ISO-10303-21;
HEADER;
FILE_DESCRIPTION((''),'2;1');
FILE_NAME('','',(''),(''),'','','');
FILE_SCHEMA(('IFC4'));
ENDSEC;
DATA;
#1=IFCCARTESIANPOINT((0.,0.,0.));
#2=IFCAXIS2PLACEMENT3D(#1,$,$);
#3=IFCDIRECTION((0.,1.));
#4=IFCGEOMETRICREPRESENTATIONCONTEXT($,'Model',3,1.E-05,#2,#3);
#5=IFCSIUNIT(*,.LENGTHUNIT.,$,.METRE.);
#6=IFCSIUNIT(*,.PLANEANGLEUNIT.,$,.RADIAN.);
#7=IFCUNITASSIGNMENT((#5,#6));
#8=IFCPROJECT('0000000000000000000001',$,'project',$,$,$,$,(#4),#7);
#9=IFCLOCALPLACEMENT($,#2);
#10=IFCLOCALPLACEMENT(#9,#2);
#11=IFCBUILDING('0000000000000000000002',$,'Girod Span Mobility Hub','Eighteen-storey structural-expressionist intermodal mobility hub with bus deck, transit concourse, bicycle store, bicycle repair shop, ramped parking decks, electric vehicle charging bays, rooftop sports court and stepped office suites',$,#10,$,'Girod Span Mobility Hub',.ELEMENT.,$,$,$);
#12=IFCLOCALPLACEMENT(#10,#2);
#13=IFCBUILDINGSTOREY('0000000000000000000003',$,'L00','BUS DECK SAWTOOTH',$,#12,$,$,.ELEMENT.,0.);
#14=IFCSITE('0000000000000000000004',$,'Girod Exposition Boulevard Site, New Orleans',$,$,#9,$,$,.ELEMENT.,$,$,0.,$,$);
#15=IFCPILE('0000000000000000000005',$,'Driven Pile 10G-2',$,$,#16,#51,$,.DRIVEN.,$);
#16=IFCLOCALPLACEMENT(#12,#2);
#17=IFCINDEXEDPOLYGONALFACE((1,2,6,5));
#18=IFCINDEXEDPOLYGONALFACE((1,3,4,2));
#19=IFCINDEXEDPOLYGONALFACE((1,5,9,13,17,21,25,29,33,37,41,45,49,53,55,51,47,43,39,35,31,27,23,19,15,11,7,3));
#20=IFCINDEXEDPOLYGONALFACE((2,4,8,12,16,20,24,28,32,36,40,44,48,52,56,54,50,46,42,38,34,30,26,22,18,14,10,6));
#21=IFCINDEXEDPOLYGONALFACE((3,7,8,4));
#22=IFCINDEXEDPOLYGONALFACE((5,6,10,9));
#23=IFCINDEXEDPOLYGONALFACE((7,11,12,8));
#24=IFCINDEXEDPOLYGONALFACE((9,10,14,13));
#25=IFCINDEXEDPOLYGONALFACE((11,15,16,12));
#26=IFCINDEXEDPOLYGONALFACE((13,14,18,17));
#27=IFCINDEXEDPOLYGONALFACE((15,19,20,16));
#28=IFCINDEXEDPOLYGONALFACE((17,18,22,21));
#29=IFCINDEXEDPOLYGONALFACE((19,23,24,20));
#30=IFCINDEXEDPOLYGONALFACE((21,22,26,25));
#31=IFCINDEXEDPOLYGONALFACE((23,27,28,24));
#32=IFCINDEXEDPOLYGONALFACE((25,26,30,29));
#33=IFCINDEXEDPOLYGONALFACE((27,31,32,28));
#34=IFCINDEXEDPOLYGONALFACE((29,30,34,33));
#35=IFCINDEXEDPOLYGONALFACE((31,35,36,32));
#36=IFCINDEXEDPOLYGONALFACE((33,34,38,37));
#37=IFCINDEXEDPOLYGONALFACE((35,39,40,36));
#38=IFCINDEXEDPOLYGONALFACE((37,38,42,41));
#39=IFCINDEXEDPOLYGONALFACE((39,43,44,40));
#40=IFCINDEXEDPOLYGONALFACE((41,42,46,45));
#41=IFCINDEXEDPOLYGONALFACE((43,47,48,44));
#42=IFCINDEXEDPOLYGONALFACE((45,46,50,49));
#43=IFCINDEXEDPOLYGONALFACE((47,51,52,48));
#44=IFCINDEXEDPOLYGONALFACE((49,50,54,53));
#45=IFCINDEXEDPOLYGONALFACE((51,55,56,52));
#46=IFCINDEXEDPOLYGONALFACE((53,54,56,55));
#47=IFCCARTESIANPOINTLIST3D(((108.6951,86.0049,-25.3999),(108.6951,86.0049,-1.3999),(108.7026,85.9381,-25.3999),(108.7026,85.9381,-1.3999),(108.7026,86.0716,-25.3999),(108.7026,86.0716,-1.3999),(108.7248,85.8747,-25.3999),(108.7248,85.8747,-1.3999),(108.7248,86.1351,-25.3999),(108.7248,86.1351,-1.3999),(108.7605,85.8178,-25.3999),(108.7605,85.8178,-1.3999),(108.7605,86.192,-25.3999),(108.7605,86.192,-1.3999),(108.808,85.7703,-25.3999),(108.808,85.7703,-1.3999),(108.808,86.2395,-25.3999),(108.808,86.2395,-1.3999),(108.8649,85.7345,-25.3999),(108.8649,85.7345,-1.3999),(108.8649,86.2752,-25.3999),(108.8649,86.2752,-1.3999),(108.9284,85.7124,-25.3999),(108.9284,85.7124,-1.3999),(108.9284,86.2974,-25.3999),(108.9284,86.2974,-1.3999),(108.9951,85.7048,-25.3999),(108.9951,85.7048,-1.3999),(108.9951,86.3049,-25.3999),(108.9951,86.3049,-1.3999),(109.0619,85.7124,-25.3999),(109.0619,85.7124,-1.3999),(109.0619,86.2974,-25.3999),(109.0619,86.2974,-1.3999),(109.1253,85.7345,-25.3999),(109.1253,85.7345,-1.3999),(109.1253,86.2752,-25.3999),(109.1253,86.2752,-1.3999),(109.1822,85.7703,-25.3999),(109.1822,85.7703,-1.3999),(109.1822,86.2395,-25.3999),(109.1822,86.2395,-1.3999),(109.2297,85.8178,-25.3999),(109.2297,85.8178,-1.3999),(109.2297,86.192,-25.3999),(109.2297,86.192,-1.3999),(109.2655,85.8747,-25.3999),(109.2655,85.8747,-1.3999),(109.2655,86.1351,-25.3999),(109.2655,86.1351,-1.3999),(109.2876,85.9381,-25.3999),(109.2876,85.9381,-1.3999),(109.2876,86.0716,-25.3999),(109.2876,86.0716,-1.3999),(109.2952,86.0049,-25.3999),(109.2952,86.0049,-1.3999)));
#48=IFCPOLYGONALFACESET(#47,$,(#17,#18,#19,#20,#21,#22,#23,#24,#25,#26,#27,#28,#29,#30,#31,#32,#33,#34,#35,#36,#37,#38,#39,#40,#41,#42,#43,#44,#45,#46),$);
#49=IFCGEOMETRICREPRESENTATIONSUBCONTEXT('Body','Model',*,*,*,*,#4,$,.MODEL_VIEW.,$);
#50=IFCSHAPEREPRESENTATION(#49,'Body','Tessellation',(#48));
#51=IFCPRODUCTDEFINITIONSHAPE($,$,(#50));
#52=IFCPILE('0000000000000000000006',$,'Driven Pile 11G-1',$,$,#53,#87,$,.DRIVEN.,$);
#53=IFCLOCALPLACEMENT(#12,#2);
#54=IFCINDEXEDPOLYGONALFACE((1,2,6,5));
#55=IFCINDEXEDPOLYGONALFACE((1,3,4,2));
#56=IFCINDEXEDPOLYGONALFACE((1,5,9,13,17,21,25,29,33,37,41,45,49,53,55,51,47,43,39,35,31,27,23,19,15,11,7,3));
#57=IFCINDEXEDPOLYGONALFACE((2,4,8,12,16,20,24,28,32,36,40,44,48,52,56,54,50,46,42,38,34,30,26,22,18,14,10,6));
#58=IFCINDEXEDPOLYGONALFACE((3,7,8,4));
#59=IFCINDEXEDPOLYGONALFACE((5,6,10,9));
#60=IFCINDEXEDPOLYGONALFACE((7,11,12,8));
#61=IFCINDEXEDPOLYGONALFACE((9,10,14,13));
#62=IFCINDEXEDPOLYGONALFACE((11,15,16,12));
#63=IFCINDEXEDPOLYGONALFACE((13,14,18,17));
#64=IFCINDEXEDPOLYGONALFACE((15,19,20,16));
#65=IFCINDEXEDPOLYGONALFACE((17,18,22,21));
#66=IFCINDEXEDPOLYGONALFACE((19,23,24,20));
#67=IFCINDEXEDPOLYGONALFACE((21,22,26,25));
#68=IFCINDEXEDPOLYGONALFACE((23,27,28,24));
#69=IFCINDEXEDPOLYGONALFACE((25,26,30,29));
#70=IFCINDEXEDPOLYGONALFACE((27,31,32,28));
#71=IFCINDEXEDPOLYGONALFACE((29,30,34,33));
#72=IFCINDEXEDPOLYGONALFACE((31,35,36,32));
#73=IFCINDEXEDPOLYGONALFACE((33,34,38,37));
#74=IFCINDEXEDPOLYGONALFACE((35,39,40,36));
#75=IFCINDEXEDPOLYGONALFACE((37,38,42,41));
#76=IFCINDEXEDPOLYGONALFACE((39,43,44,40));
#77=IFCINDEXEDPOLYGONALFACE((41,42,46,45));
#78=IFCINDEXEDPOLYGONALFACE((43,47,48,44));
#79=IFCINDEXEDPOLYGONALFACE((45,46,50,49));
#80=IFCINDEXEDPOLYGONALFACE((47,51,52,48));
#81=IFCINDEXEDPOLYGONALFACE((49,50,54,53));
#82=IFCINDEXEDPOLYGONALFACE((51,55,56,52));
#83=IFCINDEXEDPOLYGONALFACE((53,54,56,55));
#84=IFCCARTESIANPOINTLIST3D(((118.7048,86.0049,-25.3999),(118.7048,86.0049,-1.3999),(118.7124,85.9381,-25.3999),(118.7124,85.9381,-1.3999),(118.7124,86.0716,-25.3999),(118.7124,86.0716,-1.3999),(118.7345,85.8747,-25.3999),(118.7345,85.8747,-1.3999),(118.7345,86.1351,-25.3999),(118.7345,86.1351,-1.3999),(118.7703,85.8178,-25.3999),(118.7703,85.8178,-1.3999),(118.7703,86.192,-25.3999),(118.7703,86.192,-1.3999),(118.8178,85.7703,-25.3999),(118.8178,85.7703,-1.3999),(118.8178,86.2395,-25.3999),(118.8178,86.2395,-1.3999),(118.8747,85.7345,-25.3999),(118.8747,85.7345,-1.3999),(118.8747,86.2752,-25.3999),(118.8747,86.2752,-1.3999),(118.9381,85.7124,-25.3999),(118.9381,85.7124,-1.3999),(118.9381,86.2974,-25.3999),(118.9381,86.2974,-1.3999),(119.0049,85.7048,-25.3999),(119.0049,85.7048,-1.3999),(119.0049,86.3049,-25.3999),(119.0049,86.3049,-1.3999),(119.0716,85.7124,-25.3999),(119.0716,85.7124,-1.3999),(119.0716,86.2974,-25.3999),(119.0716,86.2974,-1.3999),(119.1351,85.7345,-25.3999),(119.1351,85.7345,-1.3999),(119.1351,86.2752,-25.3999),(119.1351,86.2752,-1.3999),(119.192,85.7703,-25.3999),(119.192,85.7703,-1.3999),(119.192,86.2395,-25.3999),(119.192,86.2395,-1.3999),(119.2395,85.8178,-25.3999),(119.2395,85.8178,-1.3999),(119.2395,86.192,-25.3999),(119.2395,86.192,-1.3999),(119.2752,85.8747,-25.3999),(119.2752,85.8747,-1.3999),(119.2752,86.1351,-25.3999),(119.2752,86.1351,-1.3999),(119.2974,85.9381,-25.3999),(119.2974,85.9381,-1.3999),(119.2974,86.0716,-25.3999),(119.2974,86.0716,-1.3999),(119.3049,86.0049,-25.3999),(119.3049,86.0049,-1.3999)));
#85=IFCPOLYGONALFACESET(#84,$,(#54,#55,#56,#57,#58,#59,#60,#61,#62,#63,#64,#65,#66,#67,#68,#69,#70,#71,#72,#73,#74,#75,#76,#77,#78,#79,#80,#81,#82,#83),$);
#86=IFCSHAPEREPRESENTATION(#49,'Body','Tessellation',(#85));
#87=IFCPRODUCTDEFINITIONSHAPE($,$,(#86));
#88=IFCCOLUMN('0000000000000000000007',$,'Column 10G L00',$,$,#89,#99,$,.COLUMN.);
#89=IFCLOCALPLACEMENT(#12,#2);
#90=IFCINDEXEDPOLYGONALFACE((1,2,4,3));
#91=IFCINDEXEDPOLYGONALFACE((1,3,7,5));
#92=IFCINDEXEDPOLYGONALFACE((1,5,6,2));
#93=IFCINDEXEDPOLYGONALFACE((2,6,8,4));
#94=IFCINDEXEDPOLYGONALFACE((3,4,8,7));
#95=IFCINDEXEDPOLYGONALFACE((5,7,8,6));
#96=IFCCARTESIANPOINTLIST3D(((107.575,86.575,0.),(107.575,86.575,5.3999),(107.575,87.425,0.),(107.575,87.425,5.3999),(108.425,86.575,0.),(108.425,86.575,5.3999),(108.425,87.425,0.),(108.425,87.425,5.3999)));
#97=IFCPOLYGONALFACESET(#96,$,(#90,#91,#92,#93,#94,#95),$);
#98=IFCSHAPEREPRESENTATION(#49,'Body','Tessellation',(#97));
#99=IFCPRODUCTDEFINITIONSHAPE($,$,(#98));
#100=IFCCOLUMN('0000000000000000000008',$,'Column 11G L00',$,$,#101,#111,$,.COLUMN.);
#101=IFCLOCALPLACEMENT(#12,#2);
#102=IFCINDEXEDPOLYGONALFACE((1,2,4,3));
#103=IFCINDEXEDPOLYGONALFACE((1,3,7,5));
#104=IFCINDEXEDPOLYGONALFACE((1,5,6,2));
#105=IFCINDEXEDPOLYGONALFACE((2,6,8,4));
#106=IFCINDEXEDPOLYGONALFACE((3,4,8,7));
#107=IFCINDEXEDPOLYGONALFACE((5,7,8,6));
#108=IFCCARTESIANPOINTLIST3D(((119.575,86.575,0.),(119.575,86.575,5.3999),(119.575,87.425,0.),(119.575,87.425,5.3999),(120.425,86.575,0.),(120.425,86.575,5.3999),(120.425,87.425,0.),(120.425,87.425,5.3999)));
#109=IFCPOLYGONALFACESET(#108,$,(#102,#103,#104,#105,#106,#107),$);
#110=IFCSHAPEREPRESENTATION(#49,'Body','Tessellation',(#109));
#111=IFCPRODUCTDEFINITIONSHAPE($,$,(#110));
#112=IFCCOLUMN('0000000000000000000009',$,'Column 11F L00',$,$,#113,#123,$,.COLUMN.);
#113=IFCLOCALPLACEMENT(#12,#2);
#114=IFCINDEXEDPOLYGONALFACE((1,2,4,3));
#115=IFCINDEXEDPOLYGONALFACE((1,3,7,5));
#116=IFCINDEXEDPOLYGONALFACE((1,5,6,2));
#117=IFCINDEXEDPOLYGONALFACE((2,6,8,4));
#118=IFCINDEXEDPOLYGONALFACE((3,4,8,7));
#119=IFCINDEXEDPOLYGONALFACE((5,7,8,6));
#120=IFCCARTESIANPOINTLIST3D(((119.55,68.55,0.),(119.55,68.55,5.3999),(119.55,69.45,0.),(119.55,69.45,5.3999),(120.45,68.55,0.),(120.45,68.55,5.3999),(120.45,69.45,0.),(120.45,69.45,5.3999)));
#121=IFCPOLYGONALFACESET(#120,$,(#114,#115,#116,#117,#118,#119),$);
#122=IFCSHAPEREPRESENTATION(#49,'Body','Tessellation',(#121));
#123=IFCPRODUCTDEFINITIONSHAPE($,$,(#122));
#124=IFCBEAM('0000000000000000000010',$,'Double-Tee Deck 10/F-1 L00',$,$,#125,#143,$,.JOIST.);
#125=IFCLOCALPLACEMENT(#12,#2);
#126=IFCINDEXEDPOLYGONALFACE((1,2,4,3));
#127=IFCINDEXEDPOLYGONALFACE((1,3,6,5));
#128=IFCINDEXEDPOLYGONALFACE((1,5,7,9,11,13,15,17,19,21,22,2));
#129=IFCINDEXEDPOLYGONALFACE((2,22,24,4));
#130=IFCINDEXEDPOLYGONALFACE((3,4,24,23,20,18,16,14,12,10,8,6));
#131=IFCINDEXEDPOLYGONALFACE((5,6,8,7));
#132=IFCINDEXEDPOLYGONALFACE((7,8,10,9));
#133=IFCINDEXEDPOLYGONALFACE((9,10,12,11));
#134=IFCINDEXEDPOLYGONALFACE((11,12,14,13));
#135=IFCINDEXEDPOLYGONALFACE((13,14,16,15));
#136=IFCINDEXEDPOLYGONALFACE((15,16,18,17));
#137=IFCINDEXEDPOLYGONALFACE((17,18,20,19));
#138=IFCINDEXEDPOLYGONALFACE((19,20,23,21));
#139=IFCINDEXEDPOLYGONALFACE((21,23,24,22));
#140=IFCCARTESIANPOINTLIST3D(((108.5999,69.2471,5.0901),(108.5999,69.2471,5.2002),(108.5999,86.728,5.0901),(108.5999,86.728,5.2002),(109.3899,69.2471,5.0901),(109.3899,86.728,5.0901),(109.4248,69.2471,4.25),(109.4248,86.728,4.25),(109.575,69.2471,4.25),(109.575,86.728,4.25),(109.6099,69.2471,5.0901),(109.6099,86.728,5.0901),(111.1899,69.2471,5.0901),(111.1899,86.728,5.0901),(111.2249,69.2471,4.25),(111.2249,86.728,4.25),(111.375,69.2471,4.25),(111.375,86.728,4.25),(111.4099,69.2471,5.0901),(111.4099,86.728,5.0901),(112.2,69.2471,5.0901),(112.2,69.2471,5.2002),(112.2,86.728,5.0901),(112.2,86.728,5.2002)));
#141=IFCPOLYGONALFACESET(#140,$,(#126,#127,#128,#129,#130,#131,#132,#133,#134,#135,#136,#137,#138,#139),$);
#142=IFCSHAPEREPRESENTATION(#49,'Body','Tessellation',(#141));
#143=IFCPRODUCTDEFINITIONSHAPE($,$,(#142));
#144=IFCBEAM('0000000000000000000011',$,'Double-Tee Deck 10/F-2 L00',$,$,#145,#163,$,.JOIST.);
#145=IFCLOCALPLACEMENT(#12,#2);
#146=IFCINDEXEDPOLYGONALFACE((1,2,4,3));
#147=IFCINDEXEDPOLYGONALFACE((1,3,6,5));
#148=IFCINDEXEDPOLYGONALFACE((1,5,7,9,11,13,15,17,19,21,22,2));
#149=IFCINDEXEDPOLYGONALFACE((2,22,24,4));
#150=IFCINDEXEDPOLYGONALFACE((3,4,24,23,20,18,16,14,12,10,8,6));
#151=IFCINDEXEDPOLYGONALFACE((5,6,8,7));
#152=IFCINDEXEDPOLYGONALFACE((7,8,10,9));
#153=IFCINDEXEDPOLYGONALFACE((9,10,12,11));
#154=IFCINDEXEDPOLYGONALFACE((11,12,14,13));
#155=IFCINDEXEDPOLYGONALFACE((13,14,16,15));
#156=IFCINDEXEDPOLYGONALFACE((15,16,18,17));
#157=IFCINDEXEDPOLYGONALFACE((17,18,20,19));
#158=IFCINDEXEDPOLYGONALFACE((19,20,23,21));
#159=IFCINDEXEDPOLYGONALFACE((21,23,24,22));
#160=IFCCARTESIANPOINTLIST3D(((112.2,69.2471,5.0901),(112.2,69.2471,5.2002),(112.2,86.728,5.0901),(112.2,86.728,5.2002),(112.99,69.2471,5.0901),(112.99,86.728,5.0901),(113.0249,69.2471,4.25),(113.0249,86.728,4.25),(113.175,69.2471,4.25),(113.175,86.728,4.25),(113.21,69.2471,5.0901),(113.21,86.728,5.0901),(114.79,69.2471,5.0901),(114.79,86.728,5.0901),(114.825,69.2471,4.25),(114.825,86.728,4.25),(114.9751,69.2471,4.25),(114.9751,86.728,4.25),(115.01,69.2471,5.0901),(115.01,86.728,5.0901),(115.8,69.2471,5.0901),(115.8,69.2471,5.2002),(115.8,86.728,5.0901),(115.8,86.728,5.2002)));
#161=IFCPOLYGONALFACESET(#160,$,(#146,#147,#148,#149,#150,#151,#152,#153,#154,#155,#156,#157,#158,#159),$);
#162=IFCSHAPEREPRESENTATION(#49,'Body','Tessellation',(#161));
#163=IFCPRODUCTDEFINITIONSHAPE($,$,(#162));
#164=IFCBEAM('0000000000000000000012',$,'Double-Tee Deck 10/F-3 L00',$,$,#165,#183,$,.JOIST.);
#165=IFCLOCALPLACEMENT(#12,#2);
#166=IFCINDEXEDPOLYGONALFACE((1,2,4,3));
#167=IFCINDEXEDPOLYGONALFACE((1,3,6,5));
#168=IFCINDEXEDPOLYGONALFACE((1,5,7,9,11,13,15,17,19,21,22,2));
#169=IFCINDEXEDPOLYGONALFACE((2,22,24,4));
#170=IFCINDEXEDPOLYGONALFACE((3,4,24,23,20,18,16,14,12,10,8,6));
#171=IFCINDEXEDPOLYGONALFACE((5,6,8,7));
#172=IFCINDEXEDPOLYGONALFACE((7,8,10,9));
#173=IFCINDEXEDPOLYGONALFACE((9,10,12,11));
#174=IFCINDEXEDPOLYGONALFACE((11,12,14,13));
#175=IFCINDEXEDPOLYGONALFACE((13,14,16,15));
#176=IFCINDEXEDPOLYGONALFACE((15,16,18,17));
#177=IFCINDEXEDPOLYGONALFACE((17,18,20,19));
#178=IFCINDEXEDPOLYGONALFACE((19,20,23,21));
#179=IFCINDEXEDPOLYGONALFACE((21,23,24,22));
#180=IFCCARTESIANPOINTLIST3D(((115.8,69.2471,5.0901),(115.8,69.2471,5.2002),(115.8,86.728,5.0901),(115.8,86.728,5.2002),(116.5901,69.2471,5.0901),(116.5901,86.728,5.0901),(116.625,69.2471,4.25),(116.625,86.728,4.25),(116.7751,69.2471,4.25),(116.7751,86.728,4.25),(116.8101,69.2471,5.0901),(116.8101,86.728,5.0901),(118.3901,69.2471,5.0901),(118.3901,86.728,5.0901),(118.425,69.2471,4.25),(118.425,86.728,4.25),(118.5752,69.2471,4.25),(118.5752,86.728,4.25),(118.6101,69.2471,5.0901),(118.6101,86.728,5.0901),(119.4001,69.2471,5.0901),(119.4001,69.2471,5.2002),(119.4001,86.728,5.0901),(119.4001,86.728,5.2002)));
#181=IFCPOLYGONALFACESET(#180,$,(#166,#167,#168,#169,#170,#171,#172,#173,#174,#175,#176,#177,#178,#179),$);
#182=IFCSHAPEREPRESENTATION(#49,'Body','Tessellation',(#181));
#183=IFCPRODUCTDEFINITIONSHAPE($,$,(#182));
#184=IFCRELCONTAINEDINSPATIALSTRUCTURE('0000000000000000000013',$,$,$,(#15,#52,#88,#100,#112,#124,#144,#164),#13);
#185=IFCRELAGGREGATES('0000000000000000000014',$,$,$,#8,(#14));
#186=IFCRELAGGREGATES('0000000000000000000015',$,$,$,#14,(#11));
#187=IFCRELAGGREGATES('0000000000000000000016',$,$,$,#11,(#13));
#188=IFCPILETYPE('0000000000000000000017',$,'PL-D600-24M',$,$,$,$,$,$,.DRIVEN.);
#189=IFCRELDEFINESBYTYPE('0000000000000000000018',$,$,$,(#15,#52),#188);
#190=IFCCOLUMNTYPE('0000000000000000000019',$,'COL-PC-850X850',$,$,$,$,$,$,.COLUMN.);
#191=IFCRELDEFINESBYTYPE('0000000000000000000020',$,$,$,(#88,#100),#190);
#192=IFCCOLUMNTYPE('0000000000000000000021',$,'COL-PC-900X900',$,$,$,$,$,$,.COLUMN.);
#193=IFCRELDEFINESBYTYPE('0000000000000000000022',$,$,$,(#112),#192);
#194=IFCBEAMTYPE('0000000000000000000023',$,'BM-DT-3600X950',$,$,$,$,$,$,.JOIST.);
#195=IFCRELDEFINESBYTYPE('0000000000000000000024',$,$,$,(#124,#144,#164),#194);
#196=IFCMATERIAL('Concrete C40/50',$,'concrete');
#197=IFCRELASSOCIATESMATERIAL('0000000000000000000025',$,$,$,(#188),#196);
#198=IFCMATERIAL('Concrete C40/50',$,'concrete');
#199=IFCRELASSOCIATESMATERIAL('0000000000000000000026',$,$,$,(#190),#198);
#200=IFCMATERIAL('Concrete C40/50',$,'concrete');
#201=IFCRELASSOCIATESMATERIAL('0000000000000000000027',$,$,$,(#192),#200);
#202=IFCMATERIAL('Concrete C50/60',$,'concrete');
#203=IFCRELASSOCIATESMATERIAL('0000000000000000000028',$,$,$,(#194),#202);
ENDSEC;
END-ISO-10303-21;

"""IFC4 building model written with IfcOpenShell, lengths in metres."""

from ifc_helpers import new_model, si_unit, direction, frame, origin, origin_2d, place, context, subcontext, project, spatial, polyline, rectangle, circle, outline, extrude, material, material_profile, profile_set, type_object, element, save


model = new_model("IFC4")

# Units and contexts
model_context = context("Model", 3, precision=1e-05, world=origin(), true_north=direction((0.0, 1.0)))
body_context = subcontext(model_context, "Body", "Model", "MODEL_VIEW")
ifc_project = project(units=[si_unit("LENGTHUNIT", "METRE"), si_unit("PLANEANGLEUNIT", "RADIAN")], contexts=[model_context])

# Site, building, storey
site_placement = place(None, origin())
site = spatial("IfcSite", under=ifc_project, at=site_placement, Name="Girod Exposition Boulevard Site, New Orleans", CompositionType="ELEMENT", RefElevation=0.0)
building_placement = place(site_placement, origin())
building = spatial("IfcBuilding", under=site, at=building_placement, Name="Girod Span Mobility Hub", Description="Eighteen-storey structural-expressionist intermodal mobility hub with bus deck, transit concourse, bicycle store, bicycle repair shop, ramped parking decks, electric vehicle charging bays, rooftop sports court and stepped office suites", LongName="Girod Span Mobility Hub", CompositionType="ELEMENT")
storey_placement = place(building_placement, origin())
storey = spatial("IfcBuildingStorey", under=building, at=storey_placement, Name="L00", Description="BUS DECK SAWTOOTH", CompositionType="ELEMENT", Elevation=0.0)

# Piles
ifc_material_1 = material(Name="Concrete C40/50", Category="concrete")
ifc_material_profile_1 = material_profile(ifc_material_1, circle(Radius=0.3, at=origin_2d()), Name="PILE-D600")
ifc_profile_set_1 = profile_set([ifc_material_profile_1], Name="Concrete C40/50")
pile_type_1 = type_object("IfcPileType", Name="PL-D600-24M", PredefinedType="DRIVEN", material=ifc_profile_set_1)
for number, where, z_axis, x_axis, name in (
    (1, (108.9951, 86.0049, -1.3999), (0.0, 0.0, -1.0), (1.0, 0.0, 0.0), "Driven Pile 10G-2"),
    (2, (119.0049, 86.0049, -1.3999), (0.0, 0.0, -1.0), (1.0, 0.0, 0.0), "Driven Pile 11G-1"),
):
    element("IfcPile", number, at=place(storey_placement, frame(where, z_axis=z_axis, x_axis=x_axis)), inside=storey, type_object=pile_type_1, Name=name, PredefinedType="DRIVEN", context=body_context, shape_type="SweptSolid", body=[
        extrude(circle(Radius=0.3, at=origin_2d()), origin(), (0.0, 0.0, 1.0), 24.0),
    ])

# Columns
ifc_material_2 = material(Name="Concrete C40/50", Category="concrete")
ifc_material_profile_2 = material_profile(ifc_material_2, rectangle(XDim=0.8501, YDim=0.8501, at=origin_2d()), Name="PC-COL-850X850")
ifc_profile_set_2 = profile_set([ifc_material_profile_2], Name="Concrete C40/50")
column_type_1 = type_object("IfcColumnType", Name="COL-PC-850X850", PredefinedType="COLUMN", material=ifc_profile_set_2)
for number, where, z_axis, x_axis, name in (
    (3, (108.0, 87.0, 0.0), (0.0, 0.0, 1.0), (1.0, 0.0, 0.0), "Column 10G L00"),
    (4, (120.0, 87.0, 0.0), (0.0, 0.0, 1.0), (1.0, 0.0, 0.0), "Column 11G L00"),
):
    element("IfcColumn", number, at=place(storey_placement, frame(where, z_axis=z_axis, x_axis=x_axis)), inside=storey, type_object=column_type_1, Name=name, PredefinedType="COLUMN", context=body_context, shape_type="SweptSolid", body=[
        extrude(rectangle(XDim=0.8501, YDim=0.8501, at=origin_2d()), origin(), (0.0, 0.0, 1.0), 5.3999),
    ])
ifc_material_3 = material(Name="Concrete C40/50", Category="concrete")
ifc_material_profile_3 = material_profile(ifc_material_3, rectangle(XDim=0.8999, YDim=0.8999, at=origin_2d()), Name="PC-COL-900X900")
ifc_profile_set_3 = profile_set([ifc_material_profile_3], Name="Concrete C40/50")
column_type_2 = type_object("IfcColumnType", Name="COL-PC-900X900", PredefinedType="COLUMN", material=ifc_profile_set_3)
column_placement = place(storey_placement, frame((120.0, 69.0, 0.0), z_axis=(0.0, 0.0, 1.0), x_axis=(1.0, 0.0, 0.0)))
element("IfcColumn", 5, at=column_placement, inside=storey, type_object=column_type_2, Name="Column 11F L00", PredefinedType="COLUMN", context=body_context, shape_type="SweptSolid", body=[
    extrude(rectangle(XDim=0.8999, YDim=0.8999, at=origin_2d()), origin(), (0.0, 0.0, 1.0), 5.3999),
])

# Beams
ifc_material_4 = material(Name="Concrete C50/60", Category="concrete")
ifc_material_profile_4 = material_profile(ifc_material_4, outline(polyline([(-1.8, 0.4751), (-1.8, 0.365), (-1.01, 0.365), (-0.9751, -0.4751), (-0.825, -0.4751), (-0.79, 0.365), (0.79, 0.365), (0.825, -0.4751), (0.9751, -0.4751), (1.01, 0.365), (1.8, 0.365), (1.8, 0.4751), (-1.8, 0.4751)])), Name="DT-3600X950")
ifc_profile_set_4 = profile_set([ifc_material_profile_4], Name="Concrete C50/60")
beam_type_1 = type_object("IfcBeamType", Name="BM-DT-3600X950", PredefinedType="JOIST", material=ifc_profile_set_4)
for number, where, z_axis, x_axis, name in (
    (6, (110.3999, 69.2471, 4.7251), (0.0, 1.0, 0.0), (-1.0, 0.0, 0.0), "Double-Tee Deck 10/F-1 L00"),
    (7, (114.0, 69.2471, 4.7251), (0.0, 1.0, 0.0), (-1.0, 0.0, 0.0), "Double-Tee Deck 10/F-2 L00"),
    (8, (117.6001, 69.2471, 4.7251), (0.0, 1.0, 0.0), (-1.0, 0.0, 0.0), "Double-Tee Deck 10/F-3 L00"),
):
    element("IfcBeam", number, at=place(storey_placement, frame(where, z_axis=z_axis, x_axis=x_axis)), inside=storey, type_object=beam_type_1, Name=name, PredefinedType="JOIST", context=body_context, shape_type="SweptSolid", body=[
        extrude(outline(polyline([(-1.8, 0.4751), (-1.8, 0.365), (-1.01, 0.365), (-0.9751, -0.4751), (-0.825, -0.4751), (-0.79, 0.365), (0.79, 0.365), (0.825, -0.4751), (0.9751, -0.4751), (1.01, 0.365), (1.8, 0.365), (1.8, 0.4751), (-1.8, 0.4751)])), origin(), (0.0, 0.0, 1.0), 17.481),
    ])

save(model, "model.ifc")
